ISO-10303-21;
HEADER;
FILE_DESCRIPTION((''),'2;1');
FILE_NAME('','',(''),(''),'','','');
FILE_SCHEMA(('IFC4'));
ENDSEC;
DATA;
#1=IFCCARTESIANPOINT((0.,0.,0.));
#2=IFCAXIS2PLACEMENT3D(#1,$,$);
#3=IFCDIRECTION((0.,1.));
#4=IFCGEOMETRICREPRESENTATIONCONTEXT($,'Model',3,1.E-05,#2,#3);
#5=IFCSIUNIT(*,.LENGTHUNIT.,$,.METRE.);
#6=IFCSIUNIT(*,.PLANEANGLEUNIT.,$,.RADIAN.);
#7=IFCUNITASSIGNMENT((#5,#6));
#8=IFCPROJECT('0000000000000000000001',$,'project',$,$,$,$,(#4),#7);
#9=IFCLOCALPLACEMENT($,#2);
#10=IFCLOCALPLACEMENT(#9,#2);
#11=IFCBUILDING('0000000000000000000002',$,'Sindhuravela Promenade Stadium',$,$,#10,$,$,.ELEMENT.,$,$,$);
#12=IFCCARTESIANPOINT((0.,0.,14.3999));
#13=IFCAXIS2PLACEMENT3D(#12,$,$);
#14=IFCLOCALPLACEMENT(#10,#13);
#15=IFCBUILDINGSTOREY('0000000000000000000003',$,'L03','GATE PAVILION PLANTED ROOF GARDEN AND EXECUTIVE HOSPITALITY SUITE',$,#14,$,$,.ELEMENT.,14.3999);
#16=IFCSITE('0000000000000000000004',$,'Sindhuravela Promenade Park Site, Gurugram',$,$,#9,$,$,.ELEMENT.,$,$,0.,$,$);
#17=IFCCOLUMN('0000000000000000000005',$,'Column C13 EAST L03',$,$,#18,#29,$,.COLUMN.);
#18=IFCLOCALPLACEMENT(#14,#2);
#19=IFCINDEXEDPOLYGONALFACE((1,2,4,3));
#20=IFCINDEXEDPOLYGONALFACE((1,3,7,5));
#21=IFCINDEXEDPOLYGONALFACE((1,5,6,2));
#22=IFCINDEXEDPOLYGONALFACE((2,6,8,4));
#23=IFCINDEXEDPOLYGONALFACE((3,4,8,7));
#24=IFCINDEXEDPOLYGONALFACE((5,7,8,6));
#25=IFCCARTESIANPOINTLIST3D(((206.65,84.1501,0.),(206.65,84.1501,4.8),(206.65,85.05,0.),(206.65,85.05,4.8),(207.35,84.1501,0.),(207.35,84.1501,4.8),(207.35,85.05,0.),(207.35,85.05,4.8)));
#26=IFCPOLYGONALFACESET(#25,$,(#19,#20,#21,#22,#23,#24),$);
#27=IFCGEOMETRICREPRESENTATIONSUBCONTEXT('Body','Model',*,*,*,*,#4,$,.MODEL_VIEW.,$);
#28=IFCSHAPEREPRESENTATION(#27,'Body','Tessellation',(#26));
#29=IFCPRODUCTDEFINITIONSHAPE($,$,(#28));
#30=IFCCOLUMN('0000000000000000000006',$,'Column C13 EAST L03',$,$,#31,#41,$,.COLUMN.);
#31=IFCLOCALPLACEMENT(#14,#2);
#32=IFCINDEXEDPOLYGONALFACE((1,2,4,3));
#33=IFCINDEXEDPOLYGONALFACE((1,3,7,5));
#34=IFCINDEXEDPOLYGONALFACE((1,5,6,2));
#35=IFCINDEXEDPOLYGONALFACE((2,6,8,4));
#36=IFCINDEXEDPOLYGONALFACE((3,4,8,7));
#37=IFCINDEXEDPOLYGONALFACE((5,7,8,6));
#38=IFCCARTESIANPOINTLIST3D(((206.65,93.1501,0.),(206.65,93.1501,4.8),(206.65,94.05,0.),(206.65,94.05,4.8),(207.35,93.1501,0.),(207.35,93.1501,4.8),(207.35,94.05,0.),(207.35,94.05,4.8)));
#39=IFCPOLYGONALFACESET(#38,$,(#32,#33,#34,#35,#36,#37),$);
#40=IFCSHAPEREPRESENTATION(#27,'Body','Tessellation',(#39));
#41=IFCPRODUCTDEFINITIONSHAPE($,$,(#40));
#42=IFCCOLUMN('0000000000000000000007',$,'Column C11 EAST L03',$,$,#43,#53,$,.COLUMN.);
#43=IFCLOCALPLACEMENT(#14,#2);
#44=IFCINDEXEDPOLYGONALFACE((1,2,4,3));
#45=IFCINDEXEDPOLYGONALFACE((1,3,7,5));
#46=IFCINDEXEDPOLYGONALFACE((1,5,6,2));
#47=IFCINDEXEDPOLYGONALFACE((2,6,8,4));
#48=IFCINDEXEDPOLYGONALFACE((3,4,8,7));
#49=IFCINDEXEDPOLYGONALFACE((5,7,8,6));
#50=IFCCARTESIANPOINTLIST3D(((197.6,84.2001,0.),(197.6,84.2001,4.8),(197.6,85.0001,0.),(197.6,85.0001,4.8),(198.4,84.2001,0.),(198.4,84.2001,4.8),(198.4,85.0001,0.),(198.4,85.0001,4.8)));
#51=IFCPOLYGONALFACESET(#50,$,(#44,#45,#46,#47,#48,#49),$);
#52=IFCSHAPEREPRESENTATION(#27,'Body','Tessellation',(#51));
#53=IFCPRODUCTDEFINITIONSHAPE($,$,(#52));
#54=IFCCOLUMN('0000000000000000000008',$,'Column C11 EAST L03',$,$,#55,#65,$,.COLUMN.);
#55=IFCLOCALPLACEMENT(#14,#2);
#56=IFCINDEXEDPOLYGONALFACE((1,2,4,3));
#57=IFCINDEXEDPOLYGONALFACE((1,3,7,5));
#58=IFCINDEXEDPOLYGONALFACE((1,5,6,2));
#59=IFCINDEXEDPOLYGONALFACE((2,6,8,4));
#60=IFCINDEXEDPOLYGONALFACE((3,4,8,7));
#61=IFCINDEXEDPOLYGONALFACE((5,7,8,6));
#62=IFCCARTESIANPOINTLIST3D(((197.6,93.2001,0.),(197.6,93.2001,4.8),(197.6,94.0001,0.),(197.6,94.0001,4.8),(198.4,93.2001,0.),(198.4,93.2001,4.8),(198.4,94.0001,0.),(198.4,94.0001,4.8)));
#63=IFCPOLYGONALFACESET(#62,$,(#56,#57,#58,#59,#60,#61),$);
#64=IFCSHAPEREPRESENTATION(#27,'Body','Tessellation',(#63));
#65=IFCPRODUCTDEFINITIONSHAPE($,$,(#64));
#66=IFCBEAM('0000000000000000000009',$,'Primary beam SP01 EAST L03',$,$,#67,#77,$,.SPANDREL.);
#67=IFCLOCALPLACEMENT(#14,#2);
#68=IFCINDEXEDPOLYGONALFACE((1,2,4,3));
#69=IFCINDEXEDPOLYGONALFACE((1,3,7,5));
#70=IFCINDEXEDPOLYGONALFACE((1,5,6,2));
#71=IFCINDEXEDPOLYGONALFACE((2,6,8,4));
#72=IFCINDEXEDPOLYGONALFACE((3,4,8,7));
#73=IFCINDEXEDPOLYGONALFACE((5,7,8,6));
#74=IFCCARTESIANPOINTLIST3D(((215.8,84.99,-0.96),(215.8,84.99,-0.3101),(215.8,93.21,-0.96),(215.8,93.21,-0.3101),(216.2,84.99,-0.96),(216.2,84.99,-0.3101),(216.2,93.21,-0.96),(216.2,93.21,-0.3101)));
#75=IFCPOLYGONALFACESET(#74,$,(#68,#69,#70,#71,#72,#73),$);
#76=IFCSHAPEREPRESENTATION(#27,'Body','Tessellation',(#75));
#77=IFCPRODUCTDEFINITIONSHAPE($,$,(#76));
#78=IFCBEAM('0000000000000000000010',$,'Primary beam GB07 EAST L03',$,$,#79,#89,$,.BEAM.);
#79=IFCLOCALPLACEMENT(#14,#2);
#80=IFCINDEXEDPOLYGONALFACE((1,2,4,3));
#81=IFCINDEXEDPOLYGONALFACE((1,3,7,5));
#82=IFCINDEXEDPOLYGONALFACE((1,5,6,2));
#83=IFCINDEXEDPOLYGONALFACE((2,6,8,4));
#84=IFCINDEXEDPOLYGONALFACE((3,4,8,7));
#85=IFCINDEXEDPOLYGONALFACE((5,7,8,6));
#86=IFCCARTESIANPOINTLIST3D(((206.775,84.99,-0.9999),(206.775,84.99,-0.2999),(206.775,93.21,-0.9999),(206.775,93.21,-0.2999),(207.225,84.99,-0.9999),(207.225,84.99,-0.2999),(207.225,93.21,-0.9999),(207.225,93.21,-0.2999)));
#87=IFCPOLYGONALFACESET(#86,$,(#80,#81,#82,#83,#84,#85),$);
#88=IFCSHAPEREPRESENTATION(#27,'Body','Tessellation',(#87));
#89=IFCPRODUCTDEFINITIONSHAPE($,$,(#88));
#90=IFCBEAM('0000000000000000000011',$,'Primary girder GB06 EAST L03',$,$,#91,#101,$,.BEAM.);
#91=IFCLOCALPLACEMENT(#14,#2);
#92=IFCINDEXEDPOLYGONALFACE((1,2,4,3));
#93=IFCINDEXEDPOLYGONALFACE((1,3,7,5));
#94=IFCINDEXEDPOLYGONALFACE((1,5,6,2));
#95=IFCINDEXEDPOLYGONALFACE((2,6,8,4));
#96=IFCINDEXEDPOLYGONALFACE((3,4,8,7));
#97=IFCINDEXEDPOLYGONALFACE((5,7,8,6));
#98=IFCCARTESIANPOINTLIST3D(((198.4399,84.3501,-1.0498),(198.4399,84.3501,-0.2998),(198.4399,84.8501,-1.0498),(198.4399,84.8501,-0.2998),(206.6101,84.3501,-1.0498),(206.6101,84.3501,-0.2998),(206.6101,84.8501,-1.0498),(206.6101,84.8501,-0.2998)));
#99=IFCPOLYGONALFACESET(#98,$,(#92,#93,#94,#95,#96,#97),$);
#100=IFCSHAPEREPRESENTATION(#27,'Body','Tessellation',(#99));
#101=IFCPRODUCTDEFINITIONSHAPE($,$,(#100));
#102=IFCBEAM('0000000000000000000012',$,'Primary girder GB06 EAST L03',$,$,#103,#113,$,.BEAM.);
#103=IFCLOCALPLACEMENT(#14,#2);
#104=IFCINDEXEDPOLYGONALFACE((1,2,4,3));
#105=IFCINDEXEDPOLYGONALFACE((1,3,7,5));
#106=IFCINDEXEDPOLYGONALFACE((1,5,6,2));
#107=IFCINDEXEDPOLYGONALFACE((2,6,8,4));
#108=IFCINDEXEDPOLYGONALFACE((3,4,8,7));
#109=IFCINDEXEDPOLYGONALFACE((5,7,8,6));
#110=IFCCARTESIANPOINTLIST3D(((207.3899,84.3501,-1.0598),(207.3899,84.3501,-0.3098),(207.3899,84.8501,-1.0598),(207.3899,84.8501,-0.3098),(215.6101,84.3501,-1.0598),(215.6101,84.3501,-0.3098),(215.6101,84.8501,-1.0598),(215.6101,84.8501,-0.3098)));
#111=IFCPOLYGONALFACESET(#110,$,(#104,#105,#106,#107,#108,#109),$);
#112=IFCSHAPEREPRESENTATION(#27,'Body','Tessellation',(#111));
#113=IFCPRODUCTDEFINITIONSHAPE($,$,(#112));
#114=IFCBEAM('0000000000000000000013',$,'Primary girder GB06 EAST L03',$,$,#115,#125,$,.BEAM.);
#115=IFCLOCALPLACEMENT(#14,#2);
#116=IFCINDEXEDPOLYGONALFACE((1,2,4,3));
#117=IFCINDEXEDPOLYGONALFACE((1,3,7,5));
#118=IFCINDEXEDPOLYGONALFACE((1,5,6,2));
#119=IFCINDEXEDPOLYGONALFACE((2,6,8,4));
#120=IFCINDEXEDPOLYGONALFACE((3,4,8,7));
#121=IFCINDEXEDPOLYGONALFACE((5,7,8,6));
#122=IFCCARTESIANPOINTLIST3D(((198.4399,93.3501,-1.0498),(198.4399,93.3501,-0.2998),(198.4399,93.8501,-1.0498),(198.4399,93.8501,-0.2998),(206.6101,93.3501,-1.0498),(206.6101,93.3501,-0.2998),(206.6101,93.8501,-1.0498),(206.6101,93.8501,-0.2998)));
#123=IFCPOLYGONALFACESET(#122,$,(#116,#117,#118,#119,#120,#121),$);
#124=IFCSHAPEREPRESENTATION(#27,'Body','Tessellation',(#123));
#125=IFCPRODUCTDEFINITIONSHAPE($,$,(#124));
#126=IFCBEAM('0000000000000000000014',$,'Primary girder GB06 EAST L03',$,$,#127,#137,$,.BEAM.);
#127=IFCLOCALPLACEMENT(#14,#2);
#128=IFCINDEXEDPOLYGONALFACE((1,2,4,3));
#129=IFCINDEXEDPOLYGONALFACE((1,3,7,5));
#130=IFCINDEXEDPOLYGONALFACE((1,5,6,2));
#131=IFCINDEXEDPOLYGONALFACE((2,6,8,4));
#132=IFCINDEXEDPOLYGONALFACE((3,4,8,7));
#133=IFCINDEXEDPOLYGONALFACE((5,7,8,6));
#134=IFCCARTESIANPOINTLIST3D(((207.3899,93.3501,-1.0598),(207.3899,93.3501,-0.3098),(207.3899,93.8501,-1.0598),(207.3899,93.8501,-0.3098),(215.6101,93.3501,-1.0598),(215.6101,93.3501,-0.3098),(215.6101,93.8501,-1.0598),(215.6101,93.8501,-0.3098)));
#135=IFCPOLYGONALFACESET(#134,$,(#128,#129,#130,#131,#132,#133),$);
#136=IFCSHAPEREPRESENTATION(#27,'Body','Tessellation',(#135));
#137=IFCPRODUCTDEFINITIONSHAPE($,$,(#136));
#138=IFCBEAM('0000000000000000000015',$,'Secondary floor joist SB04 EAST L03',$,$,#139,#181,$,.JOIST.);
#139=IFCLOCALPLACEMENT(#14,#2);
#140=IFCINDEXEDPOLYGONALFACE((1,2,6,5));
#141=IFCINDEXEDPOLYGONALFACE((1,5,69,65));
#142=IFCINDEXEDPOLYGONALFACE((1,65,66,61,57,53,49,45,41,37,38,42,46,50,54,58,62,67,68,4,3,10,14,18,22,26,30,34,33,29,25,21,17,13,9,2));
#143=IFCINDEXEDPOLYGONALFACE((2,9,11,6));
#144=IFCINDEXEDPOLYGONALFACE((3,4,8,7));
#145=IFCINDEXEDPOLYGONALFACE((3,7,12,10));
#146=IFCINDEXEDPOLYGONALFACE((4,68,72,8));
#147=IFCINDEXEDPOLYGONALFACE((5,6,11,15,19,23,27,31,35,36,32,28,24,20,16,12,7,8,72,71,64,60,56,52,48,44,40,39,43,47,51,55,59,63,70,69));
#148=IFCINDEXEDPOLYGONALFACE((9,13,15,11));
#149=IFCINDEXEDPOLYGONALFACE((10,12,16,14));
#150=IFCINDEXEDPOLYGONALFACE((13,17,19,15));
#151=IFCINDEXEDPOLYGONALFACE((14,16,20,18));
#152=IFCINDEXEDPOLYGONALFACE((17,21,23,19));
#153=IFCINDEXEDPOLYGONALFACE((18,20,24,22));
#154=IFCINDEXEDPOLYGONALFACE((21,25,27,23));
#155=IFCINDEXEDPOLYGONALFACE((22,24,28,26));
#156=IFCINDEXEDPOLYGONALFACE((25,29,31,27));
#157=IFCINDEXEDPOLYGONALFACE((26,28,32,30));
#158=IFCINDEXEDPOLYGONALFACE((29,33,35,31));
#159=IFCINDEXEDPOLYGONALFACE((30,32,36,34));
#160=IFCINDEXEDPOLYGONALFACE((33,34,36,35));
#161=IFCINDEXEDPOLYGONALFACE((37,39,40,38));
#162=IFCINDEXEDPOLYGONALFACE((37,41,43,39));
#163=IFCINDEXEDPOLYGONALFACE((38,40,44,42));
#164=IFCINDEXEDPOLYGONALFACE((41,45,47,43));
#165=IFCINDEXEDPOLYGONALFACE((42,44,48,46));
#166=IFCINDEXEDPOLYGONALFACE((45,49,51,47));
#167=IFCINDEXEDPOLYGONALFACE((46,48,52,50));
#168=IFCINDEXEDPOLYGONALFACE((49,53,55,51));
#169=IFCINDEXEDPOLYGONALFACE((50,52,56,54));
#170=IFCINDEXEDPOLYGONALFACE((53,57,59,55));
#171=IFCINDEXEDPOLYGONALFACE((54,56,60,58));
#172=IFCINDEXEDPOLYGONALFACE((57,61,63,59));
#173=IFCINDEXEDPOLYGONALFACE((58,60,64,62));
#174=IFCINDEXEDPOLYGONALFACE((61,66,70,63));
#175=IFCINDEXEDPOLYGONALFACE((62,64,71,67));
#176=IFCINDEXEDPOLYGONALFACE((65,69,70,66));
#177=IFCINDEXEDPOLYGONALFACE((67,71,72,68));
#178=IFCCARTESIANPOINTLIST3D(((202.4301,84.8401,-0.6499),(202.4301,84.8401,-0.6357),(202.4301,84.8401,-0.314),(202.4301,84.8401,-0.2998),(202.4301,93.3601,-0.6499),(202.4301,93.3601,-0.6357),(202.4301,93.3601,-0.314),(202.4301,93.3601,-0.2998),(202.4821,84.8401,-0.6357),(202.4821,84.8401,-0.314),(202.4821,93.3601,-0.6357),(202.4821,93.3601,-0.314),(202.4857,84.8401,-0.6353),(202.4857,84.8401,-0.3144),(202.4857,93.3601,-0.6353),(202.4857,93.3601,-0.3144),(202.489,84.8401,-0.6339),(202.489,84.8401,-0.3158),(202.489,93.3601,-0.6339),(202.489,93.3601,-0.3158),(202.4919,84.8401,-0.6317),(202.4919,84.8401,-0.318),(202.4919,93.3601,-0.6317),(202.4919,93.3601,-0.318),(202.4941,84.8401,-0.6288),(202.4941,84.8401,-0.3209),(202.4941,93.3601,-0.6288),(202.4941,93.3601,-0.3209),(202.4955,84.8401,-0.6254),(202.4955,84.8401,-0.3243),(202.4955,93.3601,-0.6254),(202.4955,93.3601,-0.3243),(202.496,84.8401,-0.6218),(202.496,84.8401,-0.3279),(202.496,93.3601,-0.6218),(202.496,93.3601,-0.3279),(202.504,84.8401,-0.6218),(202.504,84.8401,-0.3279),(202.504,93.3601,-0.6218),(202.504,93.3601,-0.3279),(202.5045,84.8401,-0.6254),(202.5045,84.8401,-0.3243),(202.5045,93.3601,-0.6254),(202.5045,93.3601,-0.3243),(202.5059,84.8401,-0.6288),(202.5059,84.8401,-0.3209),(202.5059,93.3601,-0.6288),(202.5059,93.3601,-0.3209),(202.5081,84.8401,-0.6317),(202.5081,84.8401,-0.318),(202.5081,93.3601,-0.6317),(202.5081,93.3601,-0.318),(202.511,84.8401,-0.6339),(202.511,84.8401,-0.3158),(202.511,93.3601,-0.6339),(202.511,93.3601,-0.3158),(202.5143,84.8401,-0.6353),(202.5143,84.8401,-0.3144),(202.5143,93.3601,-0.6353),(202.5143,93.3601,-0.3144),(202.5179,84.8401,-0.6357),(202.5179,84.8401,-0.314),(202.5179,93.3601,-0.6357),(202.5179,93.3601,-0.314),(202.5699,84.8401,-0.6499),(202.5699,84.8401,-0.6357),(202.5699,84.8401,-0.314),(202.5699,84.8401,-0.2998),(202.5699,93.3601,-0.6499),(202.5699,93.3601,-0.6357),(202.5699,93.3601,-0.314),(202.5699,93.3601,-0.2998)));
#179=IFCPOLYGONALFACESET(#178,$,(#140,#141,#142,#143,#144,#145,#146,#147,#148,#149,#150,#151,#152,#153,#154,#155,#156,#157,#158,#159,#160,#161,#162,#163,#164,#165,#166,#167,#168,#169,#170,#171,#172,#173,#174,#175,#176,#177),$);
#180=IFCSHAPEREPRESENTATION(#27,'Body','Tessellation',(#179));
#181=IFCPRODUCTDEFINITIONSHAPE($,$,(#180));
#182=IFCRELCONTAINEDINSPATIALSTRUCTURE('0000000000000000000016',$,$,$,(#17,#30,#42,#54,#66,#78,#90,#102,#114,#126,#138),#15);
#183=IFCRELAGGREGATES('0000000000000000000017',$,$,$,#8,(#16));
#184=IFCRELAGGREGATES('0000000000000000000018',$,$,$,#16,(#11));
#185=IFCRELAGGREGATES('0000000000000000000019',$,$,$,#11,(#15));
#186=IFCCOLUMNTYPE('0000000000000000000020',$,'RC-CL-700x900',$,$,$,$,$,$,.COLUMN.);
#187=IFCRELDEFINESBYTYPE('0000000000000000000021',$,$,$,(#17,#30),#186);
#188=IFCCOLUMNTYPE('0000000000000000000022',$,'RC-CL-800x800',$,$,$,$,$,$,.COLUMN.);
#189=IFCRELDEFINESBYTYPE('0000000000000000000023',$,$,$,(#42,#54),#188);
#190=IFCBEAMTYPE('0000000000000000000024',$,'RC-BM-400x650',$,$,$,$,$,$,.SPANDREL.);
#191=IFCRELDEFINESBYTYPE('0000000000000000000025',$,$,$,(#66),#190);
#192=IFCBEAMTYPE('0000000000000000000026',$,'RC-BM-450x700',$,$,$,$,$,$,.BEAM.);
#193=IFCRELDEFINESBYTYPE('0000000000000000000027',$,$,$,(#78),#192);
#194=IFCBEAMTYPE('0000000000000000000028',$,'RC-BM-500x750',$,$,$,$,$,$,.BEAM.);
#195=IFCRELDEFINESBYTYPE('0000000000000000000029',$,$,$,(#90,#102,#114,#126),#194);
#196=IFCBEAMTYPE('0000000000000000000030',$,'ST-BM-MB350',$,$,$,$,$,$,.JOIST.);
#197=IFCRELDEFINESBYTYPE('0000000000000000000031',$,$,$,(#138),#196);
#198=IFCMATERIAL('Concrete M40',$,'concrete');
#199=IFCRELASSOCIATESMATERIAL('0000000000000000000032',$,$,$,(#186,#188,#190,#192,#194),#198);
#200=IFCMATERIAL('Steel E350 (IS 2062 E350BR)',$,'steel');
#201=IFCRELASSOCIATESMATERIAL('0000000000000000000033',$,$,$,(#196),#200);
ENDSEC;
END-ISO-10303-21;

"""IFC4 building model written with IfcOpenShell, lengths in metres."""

from ifc_helpers import new_model, si_unit, direction, frame, origin, origin_2d, place, context, subcontext, project, spatial, rectangle, i_section, extrude, material, material_profile, profile_set, type_object, element, save


model = new_model("IFC4")

# Units and contexts
model_context = context("Model", 3, precision=1e-05, world=origin(), true_north=direction((0.0, 1.0)))
body_context = subcontext(model_context, "Body", "Model", "MODEL_VIEW")
ifc_project = project(units=[si_unit("LENGTHUNIT", "METRE"), si_unit("PLANEANGLEUNIT", "RADIAN")], contexts=[model_context])

# Site, building, storey
site_placement = place(None, origin())
site = spatial("IfcSite", under=ifc_project, at=site_placement, Name="Sindhuravela Promenade Park Site, Gurugram", CompositionType="ELEMENT", RefElevation=0.0)
building_placement = place(site_placement, origin())
building = spatial("IfcBuilding", under=site, at=building_placement, Name="Sindhuravela Promenade Stadium", CompositionType="ELEMENT")
storey_placement = place(building_placement, frame((0.0, 0.0, 14.3999)))
storey = spatial("IfcBuildingStorey", under=building, at=storey_placement, Name="L03", Description="GATE PAVILION PLANTED ROOF GARDEN AND EXECUTIVE HOSPITALITY SUITE", CompositionType="ELEMENT", Elevation=14.3999)

# Columns
ifc_material_1 = material(Name="Concrete M40", Category="concrete")
ifc_material_profile_1 = material_profile(ifc_material_1, rectangle(XDim=0.7, YDim=0.8999, at=origin_2d()), Name="RC 700x900")
ifc_profile_set_1 = profile_set([ifc_material_profile_1], Name="Concrete M40")
column_type_1 = type_object("IfcColumnType", Name="RC-CL-700x900", PredefinedType="COLUMN", material=ifc_profile_set_1)
for number, where, z_axis, x_axis, name in (
    (1, (207.0, 84.6001, 0.0), (0.0, 0.0, 1.0), (1.0, 0.0, 0.0), "Column C13 EAST L03"),
    (2, (207.0, 93.6001, 0.0), (0.0, 0.0, 1.0), (1.0, 0.0, 0.0), "Column C13 EAST L03"),
):
    element("IfcColumn", number, at=place(storey_placement, frame(where, z_axis=z_axis, x_axis=x_axis)), inside=storey, type_object=column_type_1, Name=name, PredefinedType="COLUMN", context=body_context, shape_type="SweptSolid", body=[
        extrude(rectangle(XDim=0.7, YDim=0.8999, at=origin_2d()), origin(), (0.0, 0.0, 1.0), 4.8),
    ])
ifc_material_profile_2 = material_profile(ifc_material_1, rectangle(XDim=0.8, YDim=0.8, at=origin_2d()), Name="RC 800x800")
ifc_profile_set_2 = profile_set([ifc_material_profile_2], Name="Concrete M40")
column_type_2 = type_object("IfcColumnType", Name="RC-CL-800x800", PredefinedType="COLUMN", material=ifc_profile_set_2)
for number, where, z_axis, x_axis, name in (
    (3, (198.0, 84.6001, 0.0), (0.0, 0.0, 1.0), (1.0, 0.0, 0.0), "Column C11 EAST L03"),
    (4, (198.0, 93.6001, 0.0), (0.0, 0.0, 1.0), (1.0, 0.0, 0.0), "Column C11 EAST L03"),
):
    element("IfcColumn", number, at=place(storey_placement, frame(where, z_axis=z_axis, x_axis=x_axis)), inside=storey, type_object=column_type_2, Name=name, PredefinedType="COLUMN", context=body_context, shape_type="SweptSolid", body=[
        extrude(rectangle(XDim=0.8, YDim=0.8, at=origin_2d()), origin(), (0.0, 0.0, 1.0), 4.8),
    ])

# Beams
ifc_material_profile_3 = material_profile(ifc_material_1, rectangle(XDim=0.3999, YDim=0.6499, at=origin_2d()), Name="RC 400x650")
ifc_profile_set_3 = profile_set([ifc_material_profile_3], Name="Concrete M40")
beam_type_1 = type_object("IfcBeamType", Name="RC-BM-400x650", PredefinedType="SPANDREL", material=ifc_profile_set_3)
beam_1_placement = place(storey_placement, frame((216.0, 84.99, -0.635), z_axis=(0.0, 1.0, 0.0), x_axis=(-1.0, 0.0, 0.0)))
element("IfcBeam", 5, at=beam_1_placement, inside=storey, type_object=beam_type_1, Name="Primary beam SP01 EAST L03", PredefinedType="SPANDREL", context=body_context, shape_type="SweptSolid", body=[
    extrude(rectangle(XDim=0.3999, YDim=0.6499, at=origin_2d()), origin(), (0.0, 0.0, 1.0), 8.22),
])
ifc_material_profile_4 = material_profile(ifc_material_1, rectangle(XDim=0.45, YDim=0.7, at=origin_2d()), Name="RC 450x700")
ifc_profile_set_4 = profile_set([ifc_material_profile_4], Name="Concrete M40")
beam_type_2 = type_object("IfcBeamType", Name="RC-BM-450x700", PredefinedType="BEAM", material=ifc_profile_set_4)
beam_2_placement = place(storey_placement, frame((207.0, 84.99, -0.6499), z_axis=(0.0, 1.0, 0.0), x_axis=(-1.0, 0.0, 0.0)))
element("IfcBeam", 6, at=beam_2_placement, inside=storey, type_object=beam_type_2, Name="Primary beam GB07 EAST L03", PredefinedType="BEAM", context=body_context, shape_type="SweptSolid", body=[
    extrude(rectangle(XDim=0.45, YDim=0.7, at=origin_2d()), origin(), (0.0, 0.0, 1.0), 8.22),
])
ifc_material_profile_5 = material_profile(ifc_material_1, rectangle(XDim=0.5, YDim=0.75, at=origin_2d()), Name="RC 500x750")
ifc_profile_set_5 = profile_set([ifc_material_profile_5], Name="Concrete M40")
beam_type_3 = type_object("IfcBeamType", Name="RC-BM-500x750", PredefinedType="BEAM", material=ifc_profile_set_5)
beam_3_placement = place(storey_placement, frame((198.4399, 84.6001, -0.6748), z_axis=(1.0, 0.0, 0.0), x_axis=(0.0, 1.0, 0.0)))
element("IfcBeam", 7, at=beam_3_placement, inside=storey, type_object=beam_type_3, Name="Primary girder GB06 EAST L03", PredefinedType="BEAM", context=body_context, shape_type="SweptSolid", body=[
    extrude(rectangle(XDim=0.5, YDim=0.75, at=origin_2d()), origin(), (0.0, 0.0, 1.0), 8.1702),
])
beam_4_placement = place(storey_placement, frame((207.3899, 84.6001, -0.6848), z_axis=(1.0, 0.0, 0.0), x_axis=(0.0, 1.0, 0.0)))
element("IfcBeam", 8, at=beam_4_placement, inside=storey, type_object=beam_type_3, Name="Primary girder GB06 EAST L03", PredefinedType="BEAM", context=body_context, shape_type="SweptSolid", body=[
    extrude(rectangle(XDim=0.5, YDim=0.75, at=origin_2d()), origin(), (0.0, 0.0, 1.0), 8.2202),
])
beam_5_placement = place(storey_placement, frame((198.4399, 93.6001, -0.6748), z_axis=(1.0, 0.0, 0.0), x_axis=(0.0, 1.0, 0.0)))
element("IfcBeam", 9, at=beam_5_placement, inside=storey, type_object=beam_type_3, Name="Primary girder GB06 EAST L03", PredefinedType="BEAM", context=body_context, shape_type="SweptSolid", body=[
    extrude(rectangle(XDim=0.5, YDim=0.75, at=origin_2d()), origin(), (0.0, 0.0, 1.0), 8.1702),
])
beam_6_placement = place(storey_placement, frame((207.3899, 93.6001, -0.6848), z_axis=(1.0, 0.0, 0.0), x_axis=(0.0, 1.0, 0.0)))
element("IfcBeam", 10, at=beam_6_placement, inside=storey, type_object=beam_type_3, Name="Primary girder GB06 EAST L03", PredefinedType="BEAM", context=body_context, shape_type="SweptSolid", body=[
    extrude(rectangle(XDim=0.5, YDim=0.75, at=origin_2d()), origin(), (0.0, 0.0, 1.0), 8.2202),
])
ifc_material_2 = material(Name="Steel E350 (IS 2062 E350BR)", Category="steel")
ifc_material_profile_6 = material_profile(ifc_material_2, i_section(OverallWidth=0.1399, OverallDepth=0.3501, WebThickness=0.0081, FlangeThickness=0.0142, FilletRadius=0.0139, at=origin_2d()), Name="ISMB 350")
ifc_profile_set_6 = profile_set([ifc_material_profile_6], Name="Steel E350 (IS 2062 E350BR)")
beam_type_4 = type_object("IfcBeamType", Name="ST-BM-MB350", PredefinedType="JOIST", material=ifc_profile_set_6)
beam_7_placement = place(storey_placement, frame((202.5, 84.8401, -0.4749), z_axis=(0.0, 1.0, 0.0), x_axis=(-1.0, 0.0, 0.0)))
element("IfcBeam", 11, at=beam_7_placement, inside=storey, type_object=beam_type_4, Name="Secondary floor joist SB04 EAST L03", PredefinedType="JOIST", context=body_context, shape_type="SweptSolid", body=[
    extrude(i_section(OverallWidth=0.1399, OverallDepth=0.3501, WebThickness=0.0081, FlangeThickness=0.0142, FilletRadius=0.0139, at=origin_2d()), origin(), (0.0, 0.0, 1.0), 8.52),
])

save(model, "model.ifc")
